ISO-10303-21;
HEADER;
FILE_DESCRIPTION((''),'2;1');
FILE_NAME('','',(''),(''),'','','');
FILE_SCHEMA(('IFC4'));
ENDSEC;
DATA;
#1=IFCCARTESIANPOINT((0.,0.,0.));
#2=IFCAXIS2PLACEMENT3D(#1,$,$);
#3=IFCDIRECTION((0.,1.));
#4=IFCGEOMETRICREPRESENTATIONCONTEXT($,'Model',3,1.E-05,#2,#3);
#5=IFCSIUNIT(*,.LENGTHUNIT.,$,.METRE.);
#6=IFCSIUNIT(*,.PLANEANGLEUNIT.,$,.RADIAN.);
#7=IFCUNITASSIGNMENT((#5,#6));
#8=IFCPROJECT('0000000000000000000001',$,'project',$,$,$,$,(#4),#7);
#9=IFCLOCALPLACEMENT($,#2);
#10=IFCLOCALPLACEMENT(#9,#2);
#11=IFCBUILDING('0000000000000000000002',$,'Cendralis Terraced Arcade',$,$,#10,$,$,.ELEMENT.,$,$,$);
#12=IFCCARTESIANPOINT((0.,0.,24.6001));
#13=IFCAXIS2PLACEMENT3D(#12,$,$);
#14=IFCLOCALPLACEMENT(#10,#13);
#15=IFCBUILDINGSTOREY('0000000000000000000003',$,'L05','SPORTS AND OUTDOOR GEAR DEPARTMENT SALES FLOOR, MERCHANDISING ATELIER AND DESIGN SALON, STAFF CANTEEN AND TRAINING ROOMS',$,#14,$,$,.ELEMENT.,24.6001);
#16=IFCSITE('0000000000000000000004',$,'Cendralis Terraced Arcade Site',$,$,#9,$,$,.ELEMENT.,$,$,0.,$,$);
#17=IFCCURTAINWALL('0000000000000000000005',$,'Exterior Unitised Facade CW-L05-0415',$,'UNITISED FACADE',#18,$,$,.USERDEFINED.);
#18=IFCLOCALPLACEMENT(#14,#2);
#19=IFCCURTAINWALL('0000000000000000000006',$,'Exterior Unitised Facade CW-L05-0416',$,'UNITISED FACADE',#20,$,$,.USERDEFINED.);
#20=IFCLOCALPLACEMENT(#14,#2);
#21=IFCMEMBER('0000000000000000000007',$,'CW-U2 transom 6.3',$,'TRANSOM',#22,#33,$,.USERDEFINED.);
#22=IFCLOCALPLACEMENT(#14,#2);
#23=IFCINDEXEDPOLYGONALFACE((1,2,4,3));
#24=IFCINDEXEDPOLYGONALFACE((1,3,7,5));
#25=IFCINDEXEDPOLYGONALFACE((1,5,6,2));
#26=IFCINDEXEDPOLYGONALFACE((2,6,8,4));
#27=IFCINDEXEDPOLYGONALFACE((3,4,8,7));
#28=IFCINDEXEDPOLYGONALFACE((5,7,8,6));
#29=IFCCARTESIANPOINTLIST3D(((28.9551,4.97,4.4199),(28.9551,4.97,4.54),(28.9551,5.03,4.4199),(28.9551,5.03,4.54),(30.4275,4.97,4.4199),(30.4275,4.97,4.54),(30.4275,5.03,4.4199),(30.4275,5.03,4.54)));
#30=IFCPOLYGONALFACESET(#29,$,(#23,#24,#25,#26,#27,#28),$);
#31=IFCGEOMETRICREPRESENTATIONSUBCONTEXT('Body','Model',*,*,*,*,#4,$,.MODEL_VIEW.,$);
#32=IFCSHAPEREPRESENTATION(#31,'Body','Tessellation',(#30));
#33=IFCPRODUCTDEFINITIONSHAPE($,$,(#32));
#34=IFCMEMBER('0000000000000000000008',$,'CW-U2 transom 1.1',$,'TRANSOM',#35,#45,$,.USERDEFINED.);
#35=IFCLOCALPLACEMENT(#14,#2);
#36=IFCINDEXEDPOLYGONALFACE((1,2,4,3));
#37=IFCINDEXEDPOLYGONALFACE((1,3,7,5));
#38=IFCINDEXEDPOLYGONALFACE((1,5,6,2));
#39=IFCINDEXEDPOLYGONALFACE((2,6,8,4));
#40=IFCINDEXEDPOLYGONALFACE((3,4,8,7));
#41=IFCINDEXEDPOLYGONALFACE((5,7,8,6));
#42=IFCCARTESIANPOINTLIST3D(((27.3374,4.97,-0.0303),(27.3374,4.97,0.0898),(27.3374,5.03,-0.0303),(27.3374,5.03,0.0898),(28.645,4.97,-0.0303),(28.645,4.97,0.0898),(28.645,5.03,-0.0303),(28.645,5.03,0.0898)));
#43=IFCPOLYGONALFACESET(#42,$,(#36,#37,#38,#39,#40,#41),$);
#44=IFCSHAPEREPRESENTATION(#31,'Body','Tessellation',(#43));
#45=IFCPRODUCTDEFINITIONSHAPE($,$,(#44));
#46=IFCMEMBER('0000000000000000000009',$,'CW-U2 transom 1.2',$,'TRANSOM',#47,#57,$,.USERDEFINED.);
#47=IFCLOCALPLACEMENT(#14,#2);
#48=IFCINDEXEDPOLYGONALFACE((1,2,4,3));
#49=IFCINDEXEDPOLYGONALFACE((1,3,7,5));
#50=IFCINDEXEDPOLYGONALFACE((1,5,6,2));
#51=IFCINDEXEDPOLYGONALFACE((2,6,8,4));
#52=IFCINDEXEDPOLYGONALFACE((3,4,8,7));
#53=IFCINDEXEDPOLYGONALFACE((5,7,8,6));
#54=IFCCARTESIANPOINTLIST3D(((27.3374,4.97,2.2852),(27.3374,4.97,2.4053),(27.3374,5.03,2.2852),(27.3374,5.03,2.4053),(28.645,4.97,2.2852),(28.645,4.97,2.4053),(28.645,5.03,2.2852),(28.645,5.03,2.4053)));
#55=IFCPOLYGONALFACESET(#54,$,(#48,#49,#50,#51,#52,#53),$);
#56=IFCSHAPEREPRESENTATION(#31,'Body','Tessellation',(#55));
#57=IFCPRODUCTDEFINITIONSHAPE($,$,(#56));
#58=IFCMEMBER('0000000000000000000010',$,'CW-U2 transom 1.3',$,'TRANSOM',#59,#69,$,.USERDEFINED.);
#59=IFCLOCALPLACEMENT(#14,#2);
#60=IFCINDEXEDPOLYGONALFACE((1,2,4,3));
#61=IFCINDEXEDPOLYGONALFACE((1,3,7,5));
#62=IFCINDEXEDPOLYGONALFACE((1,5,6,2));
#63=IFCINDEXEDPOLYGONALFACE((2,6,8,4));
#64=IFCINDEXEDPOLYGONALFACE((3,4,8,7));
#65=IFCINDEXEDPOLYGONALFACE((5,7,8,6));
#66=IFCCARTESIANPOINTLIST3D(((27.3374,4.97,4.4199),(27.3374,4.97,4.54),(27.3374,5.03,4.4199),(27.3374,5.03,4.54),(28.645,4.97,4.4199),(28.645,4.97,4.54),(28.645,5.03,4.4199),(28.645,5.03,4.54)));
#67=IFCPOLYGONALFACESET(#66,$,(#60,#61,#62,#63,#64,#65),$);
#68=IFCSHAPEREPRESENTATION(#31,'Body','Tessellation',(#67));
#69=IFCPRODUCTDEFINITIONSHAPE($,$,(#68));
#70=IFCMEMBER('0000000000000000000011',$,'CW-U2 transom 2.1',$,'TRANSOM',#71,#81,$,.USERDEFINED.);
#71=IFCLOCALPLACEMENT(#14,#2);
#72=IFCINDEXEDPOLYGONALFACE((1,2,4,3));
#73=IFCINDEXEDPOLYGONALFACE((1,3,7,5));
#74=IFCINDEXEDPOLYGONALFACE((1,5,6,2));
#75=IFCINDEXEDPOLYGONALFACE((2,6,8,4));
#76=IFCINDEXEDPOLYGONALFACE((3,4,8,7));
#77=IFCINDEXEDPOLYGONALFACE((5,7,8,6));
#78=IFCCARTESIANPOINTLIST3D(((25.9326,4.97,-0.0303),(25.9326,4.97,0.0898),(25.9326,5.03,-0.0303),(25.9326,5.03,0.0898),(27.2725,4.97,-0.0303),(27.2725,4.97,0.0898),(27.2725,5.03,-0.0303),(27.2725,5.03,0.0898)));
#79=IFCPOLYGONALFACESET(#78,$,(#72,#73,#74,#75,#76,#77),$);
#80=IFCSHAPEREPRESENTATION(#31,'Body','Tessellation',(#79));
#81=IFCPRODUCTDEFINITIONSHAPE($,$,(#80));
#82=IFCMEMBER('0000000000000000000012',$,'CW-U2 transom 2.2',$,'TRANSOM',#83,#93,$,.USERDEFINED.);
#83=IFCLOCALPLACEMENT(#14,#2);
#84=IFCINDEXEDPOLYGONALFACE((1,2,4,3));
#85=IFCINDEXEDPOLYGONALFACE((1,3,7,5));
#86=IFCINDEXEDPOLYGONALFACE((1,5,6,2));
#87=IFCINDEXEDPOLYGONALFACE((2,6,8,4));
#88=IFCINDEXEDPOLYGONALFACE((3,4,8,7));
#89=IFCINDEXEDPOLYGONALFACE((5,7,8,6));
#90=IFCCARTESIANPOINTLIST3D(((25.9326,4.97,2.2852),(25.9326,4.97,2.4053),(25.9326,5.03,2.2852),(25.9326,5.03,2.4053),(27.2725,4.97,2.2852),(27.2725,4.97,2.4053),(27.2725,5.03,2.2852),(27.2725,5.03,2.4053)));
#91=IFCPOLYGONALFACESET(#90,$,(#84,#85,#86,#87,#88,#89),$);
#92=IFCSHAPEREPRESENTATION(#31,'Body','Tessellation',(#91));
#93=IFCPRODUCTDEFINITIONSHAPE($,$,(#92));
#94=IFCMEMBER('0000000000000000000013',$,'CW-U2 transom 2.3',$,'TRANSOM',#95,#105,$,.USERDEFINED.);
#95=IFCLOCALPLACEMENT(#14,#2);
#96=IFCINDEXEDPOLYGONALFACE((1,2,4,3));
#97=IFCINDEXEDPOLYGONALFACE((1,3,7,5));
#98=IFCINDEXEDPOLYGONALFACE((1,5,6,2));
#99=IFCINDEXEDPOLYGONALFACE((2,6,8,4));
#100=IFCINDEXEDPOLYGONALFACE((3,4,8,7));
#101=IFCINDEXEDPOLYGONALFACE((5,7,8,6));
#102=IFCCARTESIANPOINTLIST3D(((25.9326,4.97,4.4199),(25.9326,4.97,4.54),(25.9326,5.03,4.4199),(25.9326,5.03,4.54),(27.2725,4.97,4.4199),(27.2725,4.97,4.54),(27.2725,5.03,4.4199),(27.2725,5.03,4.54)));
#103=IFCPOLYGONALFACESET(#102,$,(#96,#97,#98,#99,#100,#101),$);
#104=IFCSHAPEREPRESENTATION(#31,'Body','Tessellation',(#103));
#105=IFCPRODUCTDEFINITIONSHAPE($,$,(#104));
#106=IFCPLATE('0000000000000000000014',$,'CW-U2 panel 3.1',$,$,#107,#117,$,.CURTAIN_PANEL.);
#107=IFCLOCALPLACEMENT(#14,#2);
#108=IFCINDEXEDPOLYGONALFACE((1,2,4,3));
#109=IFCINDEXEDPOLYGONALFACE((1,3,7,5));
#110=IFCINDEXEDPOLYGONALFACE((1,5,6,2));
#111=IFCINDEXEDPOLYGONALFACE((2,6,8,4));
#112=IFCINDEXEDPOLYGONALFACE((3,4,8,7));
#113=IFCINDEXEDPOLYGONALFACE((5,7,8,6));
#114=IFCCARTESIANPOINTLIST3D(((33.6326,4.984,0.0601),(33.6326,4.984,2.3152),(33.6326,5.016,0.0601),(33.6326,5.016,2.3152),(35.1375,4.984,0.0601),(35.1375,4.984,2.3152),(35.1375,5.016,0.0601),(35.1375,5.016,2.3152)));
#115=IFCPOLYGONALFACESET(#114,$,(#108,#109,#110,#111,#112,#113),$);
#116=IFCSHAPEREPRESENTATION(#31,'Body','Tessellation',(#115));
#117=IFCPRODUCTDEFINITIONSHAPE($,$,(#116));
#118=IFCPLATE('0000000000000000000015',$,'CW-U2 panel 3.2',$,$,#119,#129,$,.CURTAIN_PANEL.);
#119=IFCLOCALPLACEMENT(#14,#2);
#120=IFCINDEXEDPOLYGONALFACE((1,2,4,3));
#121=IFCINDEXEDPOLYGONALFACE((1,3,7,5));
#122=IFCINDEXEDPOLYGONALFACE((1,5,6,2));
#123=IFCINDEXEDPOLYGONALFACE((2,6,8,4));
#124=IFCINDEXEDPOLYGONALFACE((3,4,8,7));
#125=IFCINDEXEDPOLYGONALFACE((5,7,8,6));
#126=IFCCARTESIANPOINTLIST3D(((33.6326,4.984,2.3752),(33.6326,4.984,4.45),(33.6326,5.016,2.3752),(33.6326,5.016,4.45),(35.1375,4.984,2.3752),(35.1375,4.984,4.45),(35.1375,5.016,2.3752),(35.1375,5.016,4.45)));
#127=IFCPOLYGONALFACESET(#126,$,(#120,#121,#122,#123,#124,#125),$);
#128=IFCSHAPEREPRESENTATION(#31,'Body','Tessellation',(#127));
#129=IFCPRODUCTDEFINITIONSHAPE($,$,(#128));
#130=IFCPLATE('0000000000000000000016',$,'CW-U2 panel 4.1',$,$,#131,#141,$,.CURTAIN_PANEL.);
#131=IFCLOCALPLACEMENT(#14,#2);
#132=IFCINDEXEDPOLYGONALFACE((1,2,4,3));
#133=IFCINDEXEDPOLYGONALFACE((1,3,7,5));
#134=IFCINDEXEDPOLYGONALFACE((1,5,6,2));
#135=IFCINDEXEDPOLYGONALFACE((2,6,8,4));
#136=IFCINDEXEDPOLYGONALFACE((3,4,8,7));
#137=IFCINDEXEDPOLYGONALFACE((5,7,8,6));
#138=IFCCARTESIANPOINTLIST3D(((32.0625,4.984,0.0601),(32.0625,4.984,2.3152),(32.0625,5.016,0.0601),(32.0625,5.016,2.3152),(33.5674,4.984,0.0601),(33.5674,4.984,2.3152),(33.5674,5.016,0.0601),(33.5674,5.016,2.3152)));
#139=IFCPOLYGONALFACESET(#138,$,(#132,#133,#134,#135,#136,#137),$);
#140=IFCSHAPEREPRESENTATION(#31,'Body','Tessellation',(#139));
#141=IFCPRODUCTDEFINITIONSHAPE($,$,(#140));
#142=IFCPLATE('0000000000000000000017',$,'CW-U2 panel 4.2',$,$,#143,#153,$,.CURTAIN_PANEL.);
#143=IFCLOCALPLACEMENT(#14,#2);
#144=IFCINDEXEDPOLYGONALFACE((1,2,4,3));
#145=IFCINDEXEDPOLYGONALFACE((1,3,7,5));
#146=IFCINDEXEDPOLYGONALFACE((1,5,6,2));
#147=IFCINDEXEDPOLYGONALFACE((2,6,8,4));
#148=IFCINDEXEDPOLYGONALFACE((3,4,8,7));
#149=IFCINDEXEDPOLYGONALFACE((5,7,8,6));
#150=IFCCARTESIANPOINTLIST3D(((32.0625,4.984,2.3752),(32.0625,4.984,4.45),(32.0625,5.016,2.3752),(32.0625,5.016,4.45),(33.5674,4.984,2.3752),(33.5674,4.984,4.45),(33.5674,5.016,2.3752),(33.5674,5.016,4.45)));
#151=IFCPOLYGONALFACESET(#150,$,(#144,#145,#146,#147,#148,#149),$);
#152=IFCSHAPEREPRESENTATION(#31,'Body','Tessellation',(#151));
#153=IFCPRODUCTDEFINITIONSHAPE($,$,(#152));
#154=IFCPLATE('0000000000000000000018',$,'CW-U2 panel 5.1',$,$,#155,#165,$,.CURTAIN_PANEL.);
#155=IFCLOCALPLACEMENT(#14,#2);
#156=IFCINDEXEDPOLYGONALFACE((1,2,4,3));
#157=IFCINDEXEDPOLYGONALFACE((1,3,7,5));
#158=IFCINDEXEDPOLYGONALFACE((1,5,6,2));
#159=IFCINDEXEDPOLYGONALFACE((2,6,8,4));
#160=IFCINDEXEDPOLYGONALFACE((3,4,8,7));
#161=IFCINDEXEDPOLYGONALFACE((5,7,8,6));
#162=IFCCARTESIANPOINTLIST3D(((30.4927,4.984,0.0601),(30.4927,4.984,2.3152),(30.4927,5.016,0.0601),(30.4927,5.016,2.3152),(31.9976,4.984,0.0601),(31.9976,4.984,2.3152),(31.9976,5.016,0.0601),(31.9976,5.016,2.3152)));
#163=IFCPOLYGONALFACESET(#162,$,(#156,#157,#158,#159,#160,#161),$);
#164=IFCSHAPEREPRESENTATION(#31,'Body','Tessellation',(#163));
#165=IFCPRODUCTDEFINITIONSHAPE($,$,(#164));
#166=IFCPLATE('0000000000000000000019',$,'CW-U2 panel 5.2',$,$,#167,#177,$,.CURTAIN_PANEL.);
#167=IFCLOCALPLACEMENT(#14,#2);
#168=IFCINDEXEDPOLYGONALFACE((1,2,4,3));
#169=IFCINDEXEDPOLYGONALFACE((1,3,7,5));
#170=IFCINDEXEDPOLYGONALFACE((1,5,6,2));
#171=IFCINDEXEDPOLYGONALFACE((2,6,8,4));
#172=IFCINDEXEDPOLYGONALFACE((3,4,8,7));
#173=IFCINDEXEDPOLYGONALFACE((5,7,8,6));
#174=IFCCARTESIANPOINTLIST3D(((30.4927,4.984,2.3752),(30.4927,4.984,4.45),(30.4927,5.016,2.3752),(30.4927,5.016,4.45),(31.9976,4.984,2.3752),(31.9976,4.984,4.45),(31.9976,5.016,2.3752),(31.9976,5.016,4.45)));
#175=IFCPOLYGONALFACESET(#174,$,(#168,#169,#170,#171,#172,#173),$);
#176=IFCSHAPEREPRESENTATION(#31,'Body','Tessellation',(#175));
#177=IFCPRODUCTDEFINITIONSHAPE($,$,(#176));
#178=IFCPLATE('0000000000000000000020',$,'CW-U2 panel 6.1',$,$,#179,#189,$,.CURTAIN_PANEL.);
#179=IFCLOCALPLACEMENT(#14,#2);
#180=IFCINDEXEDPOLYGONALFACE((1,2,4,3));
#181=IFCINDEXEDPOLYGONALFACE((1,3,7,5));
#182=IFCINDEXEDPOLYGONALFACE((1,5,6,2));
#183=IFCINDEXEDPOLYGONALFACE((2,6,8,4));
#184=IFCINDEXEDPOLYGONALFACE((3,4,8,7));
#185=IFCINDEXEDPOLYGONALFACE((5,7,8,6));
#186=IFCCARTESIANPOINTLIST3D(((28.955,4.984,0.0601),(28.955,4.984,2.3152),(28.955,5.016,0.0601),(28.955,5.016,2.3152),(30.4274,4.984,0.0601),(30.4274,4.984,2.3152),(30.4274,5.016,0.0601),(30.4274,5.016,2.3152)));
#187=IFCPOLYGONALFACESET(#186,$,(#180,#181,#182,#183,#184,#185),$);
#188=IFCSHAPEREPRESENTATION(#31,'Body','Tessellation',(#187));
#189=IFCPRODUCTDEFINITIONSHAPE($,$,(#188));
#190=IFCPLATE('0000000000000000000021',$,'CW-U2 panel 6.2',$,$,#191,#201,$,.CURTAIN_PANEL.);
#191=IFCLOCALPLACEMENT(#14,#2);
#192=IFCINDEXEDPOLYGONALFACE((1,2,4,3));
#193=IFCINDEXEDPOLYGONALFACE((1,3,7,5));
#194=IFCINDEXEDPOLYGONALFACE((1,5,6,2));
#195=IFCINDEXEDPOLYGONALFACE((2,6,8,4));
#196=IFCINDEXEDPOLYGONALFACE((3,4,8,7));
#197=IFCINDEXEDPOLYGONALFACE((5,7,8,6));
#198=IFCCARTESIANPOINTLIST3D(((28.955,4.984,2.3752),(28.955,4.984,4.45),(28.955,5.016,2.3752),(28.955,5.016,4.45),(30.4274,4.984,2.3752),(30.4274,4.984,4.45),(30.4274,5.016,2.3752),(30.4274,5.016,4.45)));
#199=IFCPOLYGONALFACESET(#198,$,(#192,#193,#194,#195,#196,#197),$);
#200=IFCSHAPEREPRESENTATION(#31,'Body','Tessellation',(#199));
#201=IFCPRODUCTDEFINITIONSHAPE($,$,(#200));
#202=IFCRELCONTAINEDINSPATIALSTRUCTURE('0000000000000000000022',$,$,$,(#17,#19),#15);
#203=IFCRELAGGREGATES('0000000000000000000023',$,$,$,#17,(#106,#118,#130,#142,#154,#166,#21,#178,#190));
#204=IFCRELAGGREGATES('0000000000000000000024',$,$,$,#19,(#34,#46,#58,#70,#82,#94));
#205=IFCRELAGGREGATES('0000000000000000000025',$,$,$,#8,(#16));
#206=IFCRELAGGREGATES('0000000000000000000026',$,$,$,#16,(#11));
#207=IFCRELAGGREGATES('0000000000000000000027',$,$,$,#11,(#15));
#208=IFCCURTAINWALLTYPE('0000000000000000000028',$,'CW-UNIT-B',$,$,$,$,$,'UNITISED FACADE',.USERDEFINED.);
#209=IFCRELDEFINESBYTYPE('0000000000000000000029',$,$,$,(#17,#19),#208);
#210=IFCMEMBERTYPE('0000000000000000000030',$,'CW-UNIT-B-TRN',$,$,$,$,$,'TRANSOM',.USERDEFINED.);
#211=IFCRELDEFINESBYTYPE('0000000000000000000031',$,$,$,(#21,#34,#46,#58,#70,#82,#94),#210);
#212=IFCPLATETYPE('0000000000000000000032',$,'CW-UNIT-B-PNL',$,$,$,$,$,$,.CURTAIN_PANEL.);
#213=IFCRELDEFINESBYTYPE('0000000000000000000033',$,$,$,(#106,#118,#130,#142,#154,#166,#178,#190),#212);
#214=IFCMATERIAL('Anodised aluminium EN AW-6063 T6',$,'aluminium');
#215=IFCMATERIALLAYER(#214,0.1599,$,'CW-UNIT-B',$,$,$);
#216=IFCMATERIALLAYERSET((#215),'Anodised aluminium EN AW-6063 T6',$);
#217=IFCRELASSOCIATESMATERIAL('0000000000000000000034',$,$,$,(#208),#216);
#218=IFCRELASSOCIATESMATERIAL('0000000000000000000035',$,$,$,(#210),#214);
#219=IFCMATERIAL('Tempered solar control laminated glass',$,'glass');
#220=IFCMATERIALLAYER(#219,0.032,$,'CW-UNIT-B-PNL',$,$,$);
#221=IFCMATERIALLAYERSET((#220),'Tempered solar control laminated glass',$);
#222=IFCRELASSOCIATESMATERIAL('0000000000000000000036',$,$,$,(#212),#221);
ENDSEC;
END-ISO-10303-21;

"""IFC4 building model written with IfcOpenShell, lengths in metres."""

from ifc_helpers import new_model, si_unit, direction, frame, origin, origin_2d, place, context, subcontext, project, spatial, rectangle, extrude, material, layer, layer_set, material_profile, profile_set, type_object, element, aggregate, save


model = new_model("IFC4")

# Units and contexts
model_context = context("Model", 3, precision=1e-05, world=origin(), true_north=direction((0.0, 1.0)))
body_context = subcontext(model_context, "Body", "Model", "MODEL_VIEW")
ifc_project = project(units=[si_unit("LENGTHUNIT", "METRE"), si_unit("PLANEANGLEUNIT", "RADIAN")], contexts=[model_context])

# Site, building, storey
site_placement = place(None, origin())
site = spatial("IfcSite", under=ifc_project, at=site_placement, Name="Cendralis Terraced Arcade Site", CompositionType="ELEMENT", RefElevation=0.0)
building_placement = place(site_placement, origin())
building = spatial("IfcBuilding", under=site, at=building_placement, Name="Cendralis Terraced Arcade", CompositionType="ELEMENT")
storey_placement = place(building_placement, frame((0.0, 0.0, 24.6001)))
storey = spatial("IfcBuildingStorey", under=building, at=storey_placement, Name="L05", Description="SPORTS AND OUTDOOR GEAR DEPARTMENT SALES FLOOR, MERCHANDISING ATELIER AND DESIGN SALON, STAFF CANTEEN AND TRAINING ROOMS", CompositionType="ELEMENT", Elevation=24.6001)

# Curtain walls
ifc_material_1 = material(Name="Anodised aluminium EN AW-6063 T6", Category="aluminium")
ifc_layer_1 = layer(ifc_material_1, 0.1599, Name="CW-UNIT-B")
ifc_layer_set_1 = layer_set([ifc_layer_1], Name="Anodised aluminium EN AW-6063 T6")
curtain_wall_type = type_object("IfcCurtainWallType", Name="CW-UNIT-B", ElementType="UNITISED FACADE", PredefinedType="USERDEFINED", material=ifc_layer_set_1)
curtain_wall_1_placement = place(storey_placement, origin())
curtain_wall_1 = element("IfcCurtainWall", 1, at=curtain_wall_1_placement, inside=storey, type_object=curtain_wall_type, Name="Exterior Unitised Facade CW-L05-0415", ObjectType="UNITISED FACADE", PredefinedType="USERDEFINED")
curtain_wall_2_placement = place(storey_placement, origin())
curtain_wall_2 = element("IfcCurtainWall", 2, at=curtain_wall_2_placement, inside=storey, type_object=curtain_wall_type, Name="Exterior Unitised Facade CW-L05-0416", ObjectType="UNITISED FACADE", PredefinedType="USERDEFINED")

# Members
ifc_material_profile_1 = material_profile(ifc_material_1, rectangle(XDim=0.0601, YDim=0.1201, at=origin_2d()), Name="ALU-TRN-60x120")
ifc_profile_set_1 = profile_set([ifc_material_profile_1], Name="Anodised aluminium EN AW-6063 T6")
member_type_1 = type_object("IfcMemberType", Name="CW-UNIT-B-TRN", ElementType="TRANSOM", PredefinedType="USERDEFINED", material=ifc_profile_set_1)
member_1_placement = place(storey_placement, frame((30.4275, 5.0, 4.48), z_axis=(-1.0, 0.0, 0.0), x_axis=(0.0, -1.0, 0.0)))
member_1 = element("IfcMember", 3, at=member_1_placement, type_object=member_type_1, Name="CW-U2 transom 6.3", ObjectType="TRANSOM", PredefinedType="USERDEFINED", context=body_context, shape_type="SweptSolid", body=[
    extrude(rectangle(XDim=0.0601, YDim=0.1201, at=origin_2d()), origin(), (0.0, 0.0, 1.0), 1.4724),
])
member_2_placement = place(storey_placement, frame((28.645, 5.0, 0.0298), z_axis=(-1.0, 0.0, 0.0), x_axis=(0.0, -1.0, 0.0)))
member_2 = element("IfcMember", 4, at=member_2_placement, type_object=member_type_1, Name="CW-U2 transom 1.1", ObjectType="TRANSOM", PredefinedType="USERDEFINED", context=body_context, shape_type="SweptSolid", body=[
    extrude(rectangle(XDim=0.0601, YDim=0.1201, at=origin_2d()), origin(), (0.0, 0.0, 1.0), 1.3076),
])
member_3_placement = place(storey_placement, frame((28.645, 5.0, 2.3452), z_axis=(-1.0, 0.0, 0.0), x_axis=(0.0, -1.0, 0.0)))
member_3 = element("IfcMember", 5, at=member_3_placement, type_object=member_type_1, Name="CW-U2 transom 1.2", ObjectType="TRANSOM", PredefinedType="USERDEFINED", context=body_context, shape_type="SweptSolid", body=[
    extrude(rectangle(XDim=0.0601, YDim=0.1201, at=origin_2d()), origin(), (0.0, 0.0, 1.0), 1.3076),
])
member_4_placement = place(storey_placement, frame((28.645, 5.0, 4.48), z_axis=(-1.0, 0.0, 0.0), x_axis=(0.0, -1.0, 0.0)))
member_4 = element("IfcMember", 6, at=member_4_placement, type_object=member_type_1, Name="CW-U2 transom 1.3", ObjectType="TRANSOM", PredefinedType="USERDEFINED", context=body_context, shape_type="SweptSolid", body=[
    extrude(rectangle(XDim=0.0601, YDim=0.1201, at=origin_2d()), origin(), (0.0, 0.0, 1.0), 1.3076),
])
member_5_placement = place(storey_placement, frame((27.2725, 5.0, 0.0298), z_axis=(-1.0, 0.0, 0.0), x_axis=(0.0, -1.0, 0.0)))
member_5 = element("IfcMember", 7, at=member_5_placement, type_object=member_type_1, Name="CW-U2 transom 2.1", ObjectType="TRANSOM", PredefinedType="USERDEFINED", context=body_context, shape_type="SweptSolid", body=[
    extrude(rectangle(XDim=0.0601, YDim=0.1201, at=origin_2d()), origin(), (0.0, 0.0, 1.0), 1.3398),
])
member_6_placement = place(storey_placement, frame((27.2725, 5.0, 2.3452), z_axis=(-1.0, 0.0, 0.0), x_axis=(0.0, -1.0, 0.0)))
member_6 = element("IfcMember", 8, at=member_6_placement, type_object=member_type_1, Name="CW-U2 transom 2.2", ObjectType="TRANSOM", PredefinedType="USERDEFINED", context=body_context, shape_type="SweptSolid", body=[
    extrude(rectangle(XDim=0.0601, YDim=0.1201, at=origin_2d()), origin(), (0.0, 0.0, 1.0), 1.3398),
])
member_7_placement = place(storey_placement, frame((27.2725, 5.0, 4.48), z_axis=(-1.0, 0.0, 0.0), x_axis=(0.0, -1.0, 0.0)))
member_7 = element("IfcMember", 9, at=member_7_placement, type_object=member_type_1, Name="CW-U2 transom 2.3", ObjectType="TRANSOM", PredefinedType="USERDEFINED", context=body_context, shape_type="SweptSolid", body=[
    extrude(rectangle(XDim=0.0601, YDim=0.1201, at=origin_2d()), origin(), (0.0, 0.0, 1.0), 1.3398),
])

# Plates
ifc_material_2 = material(Name="Tempered solar control laminated glass", Category="glass")
ifc_layer_2 = layer(ifc_material_2, 0.032, Name="CW-UNIT-B-PNL")
ifc_layer_set_2 = layer_set([ifc_layer_2], Name="Tempered solar control laminated glass")
plate_type = type_object("IfcPlateType", Name="CW-UNIT-B-PNL", PredefinedType="CURTAIN_PANEL", material=ifc_layer_set_2)
plate_1_placement = place(storey_placement, frame((34.385, 5.0, 0.0601), z_axis=(0.0, 0.0, 1.0), x_axis=(-1.0, 0.0, 0.0)))
plate_1 = element("IfcPlate", 10, at=plate_1_placement, type_object=plate_type, Name="CW-U2 panel 3.1", PredefinedType="CURTAIN_PANEL", context=body_context, shape_type="SweptSolid", body=[
    extrude(rectangle(XDim=1.5049, YDim=0.032, at=origin_2d()), origin(), (0.0, 0.0, 1.0), 2.2551),
])
plate_2_placement = place(storey_placement, frame((34.385, 5.0, 2.3752), z_axis=(0.0, 0.0, 1.0), x_axis=(-1.0, 0.0, 0.0)))
plate_2 = element("IfcPlate", 11, at=plate_2_placement, type_object=plate_type, Name="CW-U2 panel 3.2", PredefinedType="CURTAIN_PANEL", context=body_context, shape_type="SweptSolid", body=[
    extrude(rectangle(XDim=1.5049, YDim=0.032, at=origin_2d()), origin(), (0.0, 0.0, 1.0), 2.0747),
])
plate_3_placement = place(storey_placement, frame((32.8149, 5.0, 0.0601), z_axis=(0.0, 0.0, 1.0), x_axis=(-1.0, 0.0, 0.0)))
plate_3 = element("IfcPlate", 12, at=plate_3_placement, type_object=plate_type, Name="CW-U2 panel 4.1", PredefinedType="CURTAIN_PANEL", context=body_context, shape_type="SweptSolid", body=[
    extrude(rectangle(XDim=1.5049, YDim=0.032, at=origin_2d()), origin(), (0.0, 0.0, 1.0), 2.2551),
])
plate_4_placement = place(storey_placement, frame((32.8149, 5.0, 2.3752), z_axis=(0.0, 0.0, 1.0), x_axis=(-1.0, 0.0, 0.0)))
plate_4 = element("IfcPlate", 13, at=plate_4_placement, type_object=plate_type, Name="CW-U2 panel 4.2", PredefinedType="CURTAIN_PANEL", context=body_context, shape_type="SweptSolid", body=[
    extrude(rectangle(XDim=1.5049, YDim=0.032, at=origin_2d()), origin(), (0.0, 0.0, 1.0), 2.0747),
])
plate_5_placement = place(storey_placement, frame((31.2451, 5.0, 0.0601), z_axis=(0.0, 0.0, 1.0), x_axis=(-1.0, 0.0, 0.0)))
plate_5 = element("IfcPlate", 14, at=plate_5_placement, type_object=plate_type, Name="CW-U2 panel 5.1", PredefinedType="CURTAIN_PANEL", context=body_context, shape_type="SweptSolid", body=[
    extrude(rectangle(XDim=1.5049, YDim=0.032, at=origin_2d()), origin(), (0.0, 0.0, 1.0), 2.2551),
])
plate_6_placement = place(storey_placement, frame((31.2451, 5.0, 2.3752), z_axis=(0.0, 0.0, 1.0), x_axis=(-1.0, 0.0, 0.0)))
plate_6 = element("IfcPlate", 15, at=plate_6_placement, type_object=plate_type, Name="CW-U2 panel 5.2", PredefinedType="CURTAIN_PANEL", context=body_context, shape_type="SweptSolid", body=[
    extrude(rectangle(XDim=1.5049, YDim=0.032, at=origin_2d()), origin(), (0.0, 0.0, 1.0), 2.0747),
])
plate_7_placement = place(storey_placement, frame((29.6912, 5.0, 0.0601), z_axis=(0.0, 0.0, 1.0), x_axis=(-1.0, 0.0, 0.0)))
plate_7 = element("IfcPlate", 16, at=plate_7_placement, type_object=plate_type, Name="CW-U2 panel 6.1", PredefinedType="CURTAIN_PANEL", context=body_context, shape_type="SweptSolid", body=[
    extrude(rectangle(XDim=1.4724, YDim=0.032, at=origin_2d()), origin(), (0.0, 0.0, 1.0), 2.2551),
])
plate_8_placement = place(storey_placement, frame((29.6912, 5.0, 2.3752), z_axis=(0.0, 0.0, 1.0), x_axis=(-1.0, 0.0, 0.0)))
plate_8 = element("IfcPlate", 17, at=plate_8_placement, type_object=plate_type, Name="CW-U2 panel 6.2", PredefinedType="CURTAIN_PANEL", context=body_context, shape_type="SweptSolid", body=[
    extrude(rectangle(XDim=1.4724, YDim=0.032, at=origin_2d()), origin(), (0.0, 0.0, 1.0), 2.0747),
])
aggregate(curtain_wall_1, [plate_1, plate_2, plate_3, plate_4, plate_5, plate_6, member_1, plate_7, plate_8])
aggregate(curtain_wall_2, [member_2, member_3, member_4, member_5, member_6, member_7])

save(model, "model.ifc")
